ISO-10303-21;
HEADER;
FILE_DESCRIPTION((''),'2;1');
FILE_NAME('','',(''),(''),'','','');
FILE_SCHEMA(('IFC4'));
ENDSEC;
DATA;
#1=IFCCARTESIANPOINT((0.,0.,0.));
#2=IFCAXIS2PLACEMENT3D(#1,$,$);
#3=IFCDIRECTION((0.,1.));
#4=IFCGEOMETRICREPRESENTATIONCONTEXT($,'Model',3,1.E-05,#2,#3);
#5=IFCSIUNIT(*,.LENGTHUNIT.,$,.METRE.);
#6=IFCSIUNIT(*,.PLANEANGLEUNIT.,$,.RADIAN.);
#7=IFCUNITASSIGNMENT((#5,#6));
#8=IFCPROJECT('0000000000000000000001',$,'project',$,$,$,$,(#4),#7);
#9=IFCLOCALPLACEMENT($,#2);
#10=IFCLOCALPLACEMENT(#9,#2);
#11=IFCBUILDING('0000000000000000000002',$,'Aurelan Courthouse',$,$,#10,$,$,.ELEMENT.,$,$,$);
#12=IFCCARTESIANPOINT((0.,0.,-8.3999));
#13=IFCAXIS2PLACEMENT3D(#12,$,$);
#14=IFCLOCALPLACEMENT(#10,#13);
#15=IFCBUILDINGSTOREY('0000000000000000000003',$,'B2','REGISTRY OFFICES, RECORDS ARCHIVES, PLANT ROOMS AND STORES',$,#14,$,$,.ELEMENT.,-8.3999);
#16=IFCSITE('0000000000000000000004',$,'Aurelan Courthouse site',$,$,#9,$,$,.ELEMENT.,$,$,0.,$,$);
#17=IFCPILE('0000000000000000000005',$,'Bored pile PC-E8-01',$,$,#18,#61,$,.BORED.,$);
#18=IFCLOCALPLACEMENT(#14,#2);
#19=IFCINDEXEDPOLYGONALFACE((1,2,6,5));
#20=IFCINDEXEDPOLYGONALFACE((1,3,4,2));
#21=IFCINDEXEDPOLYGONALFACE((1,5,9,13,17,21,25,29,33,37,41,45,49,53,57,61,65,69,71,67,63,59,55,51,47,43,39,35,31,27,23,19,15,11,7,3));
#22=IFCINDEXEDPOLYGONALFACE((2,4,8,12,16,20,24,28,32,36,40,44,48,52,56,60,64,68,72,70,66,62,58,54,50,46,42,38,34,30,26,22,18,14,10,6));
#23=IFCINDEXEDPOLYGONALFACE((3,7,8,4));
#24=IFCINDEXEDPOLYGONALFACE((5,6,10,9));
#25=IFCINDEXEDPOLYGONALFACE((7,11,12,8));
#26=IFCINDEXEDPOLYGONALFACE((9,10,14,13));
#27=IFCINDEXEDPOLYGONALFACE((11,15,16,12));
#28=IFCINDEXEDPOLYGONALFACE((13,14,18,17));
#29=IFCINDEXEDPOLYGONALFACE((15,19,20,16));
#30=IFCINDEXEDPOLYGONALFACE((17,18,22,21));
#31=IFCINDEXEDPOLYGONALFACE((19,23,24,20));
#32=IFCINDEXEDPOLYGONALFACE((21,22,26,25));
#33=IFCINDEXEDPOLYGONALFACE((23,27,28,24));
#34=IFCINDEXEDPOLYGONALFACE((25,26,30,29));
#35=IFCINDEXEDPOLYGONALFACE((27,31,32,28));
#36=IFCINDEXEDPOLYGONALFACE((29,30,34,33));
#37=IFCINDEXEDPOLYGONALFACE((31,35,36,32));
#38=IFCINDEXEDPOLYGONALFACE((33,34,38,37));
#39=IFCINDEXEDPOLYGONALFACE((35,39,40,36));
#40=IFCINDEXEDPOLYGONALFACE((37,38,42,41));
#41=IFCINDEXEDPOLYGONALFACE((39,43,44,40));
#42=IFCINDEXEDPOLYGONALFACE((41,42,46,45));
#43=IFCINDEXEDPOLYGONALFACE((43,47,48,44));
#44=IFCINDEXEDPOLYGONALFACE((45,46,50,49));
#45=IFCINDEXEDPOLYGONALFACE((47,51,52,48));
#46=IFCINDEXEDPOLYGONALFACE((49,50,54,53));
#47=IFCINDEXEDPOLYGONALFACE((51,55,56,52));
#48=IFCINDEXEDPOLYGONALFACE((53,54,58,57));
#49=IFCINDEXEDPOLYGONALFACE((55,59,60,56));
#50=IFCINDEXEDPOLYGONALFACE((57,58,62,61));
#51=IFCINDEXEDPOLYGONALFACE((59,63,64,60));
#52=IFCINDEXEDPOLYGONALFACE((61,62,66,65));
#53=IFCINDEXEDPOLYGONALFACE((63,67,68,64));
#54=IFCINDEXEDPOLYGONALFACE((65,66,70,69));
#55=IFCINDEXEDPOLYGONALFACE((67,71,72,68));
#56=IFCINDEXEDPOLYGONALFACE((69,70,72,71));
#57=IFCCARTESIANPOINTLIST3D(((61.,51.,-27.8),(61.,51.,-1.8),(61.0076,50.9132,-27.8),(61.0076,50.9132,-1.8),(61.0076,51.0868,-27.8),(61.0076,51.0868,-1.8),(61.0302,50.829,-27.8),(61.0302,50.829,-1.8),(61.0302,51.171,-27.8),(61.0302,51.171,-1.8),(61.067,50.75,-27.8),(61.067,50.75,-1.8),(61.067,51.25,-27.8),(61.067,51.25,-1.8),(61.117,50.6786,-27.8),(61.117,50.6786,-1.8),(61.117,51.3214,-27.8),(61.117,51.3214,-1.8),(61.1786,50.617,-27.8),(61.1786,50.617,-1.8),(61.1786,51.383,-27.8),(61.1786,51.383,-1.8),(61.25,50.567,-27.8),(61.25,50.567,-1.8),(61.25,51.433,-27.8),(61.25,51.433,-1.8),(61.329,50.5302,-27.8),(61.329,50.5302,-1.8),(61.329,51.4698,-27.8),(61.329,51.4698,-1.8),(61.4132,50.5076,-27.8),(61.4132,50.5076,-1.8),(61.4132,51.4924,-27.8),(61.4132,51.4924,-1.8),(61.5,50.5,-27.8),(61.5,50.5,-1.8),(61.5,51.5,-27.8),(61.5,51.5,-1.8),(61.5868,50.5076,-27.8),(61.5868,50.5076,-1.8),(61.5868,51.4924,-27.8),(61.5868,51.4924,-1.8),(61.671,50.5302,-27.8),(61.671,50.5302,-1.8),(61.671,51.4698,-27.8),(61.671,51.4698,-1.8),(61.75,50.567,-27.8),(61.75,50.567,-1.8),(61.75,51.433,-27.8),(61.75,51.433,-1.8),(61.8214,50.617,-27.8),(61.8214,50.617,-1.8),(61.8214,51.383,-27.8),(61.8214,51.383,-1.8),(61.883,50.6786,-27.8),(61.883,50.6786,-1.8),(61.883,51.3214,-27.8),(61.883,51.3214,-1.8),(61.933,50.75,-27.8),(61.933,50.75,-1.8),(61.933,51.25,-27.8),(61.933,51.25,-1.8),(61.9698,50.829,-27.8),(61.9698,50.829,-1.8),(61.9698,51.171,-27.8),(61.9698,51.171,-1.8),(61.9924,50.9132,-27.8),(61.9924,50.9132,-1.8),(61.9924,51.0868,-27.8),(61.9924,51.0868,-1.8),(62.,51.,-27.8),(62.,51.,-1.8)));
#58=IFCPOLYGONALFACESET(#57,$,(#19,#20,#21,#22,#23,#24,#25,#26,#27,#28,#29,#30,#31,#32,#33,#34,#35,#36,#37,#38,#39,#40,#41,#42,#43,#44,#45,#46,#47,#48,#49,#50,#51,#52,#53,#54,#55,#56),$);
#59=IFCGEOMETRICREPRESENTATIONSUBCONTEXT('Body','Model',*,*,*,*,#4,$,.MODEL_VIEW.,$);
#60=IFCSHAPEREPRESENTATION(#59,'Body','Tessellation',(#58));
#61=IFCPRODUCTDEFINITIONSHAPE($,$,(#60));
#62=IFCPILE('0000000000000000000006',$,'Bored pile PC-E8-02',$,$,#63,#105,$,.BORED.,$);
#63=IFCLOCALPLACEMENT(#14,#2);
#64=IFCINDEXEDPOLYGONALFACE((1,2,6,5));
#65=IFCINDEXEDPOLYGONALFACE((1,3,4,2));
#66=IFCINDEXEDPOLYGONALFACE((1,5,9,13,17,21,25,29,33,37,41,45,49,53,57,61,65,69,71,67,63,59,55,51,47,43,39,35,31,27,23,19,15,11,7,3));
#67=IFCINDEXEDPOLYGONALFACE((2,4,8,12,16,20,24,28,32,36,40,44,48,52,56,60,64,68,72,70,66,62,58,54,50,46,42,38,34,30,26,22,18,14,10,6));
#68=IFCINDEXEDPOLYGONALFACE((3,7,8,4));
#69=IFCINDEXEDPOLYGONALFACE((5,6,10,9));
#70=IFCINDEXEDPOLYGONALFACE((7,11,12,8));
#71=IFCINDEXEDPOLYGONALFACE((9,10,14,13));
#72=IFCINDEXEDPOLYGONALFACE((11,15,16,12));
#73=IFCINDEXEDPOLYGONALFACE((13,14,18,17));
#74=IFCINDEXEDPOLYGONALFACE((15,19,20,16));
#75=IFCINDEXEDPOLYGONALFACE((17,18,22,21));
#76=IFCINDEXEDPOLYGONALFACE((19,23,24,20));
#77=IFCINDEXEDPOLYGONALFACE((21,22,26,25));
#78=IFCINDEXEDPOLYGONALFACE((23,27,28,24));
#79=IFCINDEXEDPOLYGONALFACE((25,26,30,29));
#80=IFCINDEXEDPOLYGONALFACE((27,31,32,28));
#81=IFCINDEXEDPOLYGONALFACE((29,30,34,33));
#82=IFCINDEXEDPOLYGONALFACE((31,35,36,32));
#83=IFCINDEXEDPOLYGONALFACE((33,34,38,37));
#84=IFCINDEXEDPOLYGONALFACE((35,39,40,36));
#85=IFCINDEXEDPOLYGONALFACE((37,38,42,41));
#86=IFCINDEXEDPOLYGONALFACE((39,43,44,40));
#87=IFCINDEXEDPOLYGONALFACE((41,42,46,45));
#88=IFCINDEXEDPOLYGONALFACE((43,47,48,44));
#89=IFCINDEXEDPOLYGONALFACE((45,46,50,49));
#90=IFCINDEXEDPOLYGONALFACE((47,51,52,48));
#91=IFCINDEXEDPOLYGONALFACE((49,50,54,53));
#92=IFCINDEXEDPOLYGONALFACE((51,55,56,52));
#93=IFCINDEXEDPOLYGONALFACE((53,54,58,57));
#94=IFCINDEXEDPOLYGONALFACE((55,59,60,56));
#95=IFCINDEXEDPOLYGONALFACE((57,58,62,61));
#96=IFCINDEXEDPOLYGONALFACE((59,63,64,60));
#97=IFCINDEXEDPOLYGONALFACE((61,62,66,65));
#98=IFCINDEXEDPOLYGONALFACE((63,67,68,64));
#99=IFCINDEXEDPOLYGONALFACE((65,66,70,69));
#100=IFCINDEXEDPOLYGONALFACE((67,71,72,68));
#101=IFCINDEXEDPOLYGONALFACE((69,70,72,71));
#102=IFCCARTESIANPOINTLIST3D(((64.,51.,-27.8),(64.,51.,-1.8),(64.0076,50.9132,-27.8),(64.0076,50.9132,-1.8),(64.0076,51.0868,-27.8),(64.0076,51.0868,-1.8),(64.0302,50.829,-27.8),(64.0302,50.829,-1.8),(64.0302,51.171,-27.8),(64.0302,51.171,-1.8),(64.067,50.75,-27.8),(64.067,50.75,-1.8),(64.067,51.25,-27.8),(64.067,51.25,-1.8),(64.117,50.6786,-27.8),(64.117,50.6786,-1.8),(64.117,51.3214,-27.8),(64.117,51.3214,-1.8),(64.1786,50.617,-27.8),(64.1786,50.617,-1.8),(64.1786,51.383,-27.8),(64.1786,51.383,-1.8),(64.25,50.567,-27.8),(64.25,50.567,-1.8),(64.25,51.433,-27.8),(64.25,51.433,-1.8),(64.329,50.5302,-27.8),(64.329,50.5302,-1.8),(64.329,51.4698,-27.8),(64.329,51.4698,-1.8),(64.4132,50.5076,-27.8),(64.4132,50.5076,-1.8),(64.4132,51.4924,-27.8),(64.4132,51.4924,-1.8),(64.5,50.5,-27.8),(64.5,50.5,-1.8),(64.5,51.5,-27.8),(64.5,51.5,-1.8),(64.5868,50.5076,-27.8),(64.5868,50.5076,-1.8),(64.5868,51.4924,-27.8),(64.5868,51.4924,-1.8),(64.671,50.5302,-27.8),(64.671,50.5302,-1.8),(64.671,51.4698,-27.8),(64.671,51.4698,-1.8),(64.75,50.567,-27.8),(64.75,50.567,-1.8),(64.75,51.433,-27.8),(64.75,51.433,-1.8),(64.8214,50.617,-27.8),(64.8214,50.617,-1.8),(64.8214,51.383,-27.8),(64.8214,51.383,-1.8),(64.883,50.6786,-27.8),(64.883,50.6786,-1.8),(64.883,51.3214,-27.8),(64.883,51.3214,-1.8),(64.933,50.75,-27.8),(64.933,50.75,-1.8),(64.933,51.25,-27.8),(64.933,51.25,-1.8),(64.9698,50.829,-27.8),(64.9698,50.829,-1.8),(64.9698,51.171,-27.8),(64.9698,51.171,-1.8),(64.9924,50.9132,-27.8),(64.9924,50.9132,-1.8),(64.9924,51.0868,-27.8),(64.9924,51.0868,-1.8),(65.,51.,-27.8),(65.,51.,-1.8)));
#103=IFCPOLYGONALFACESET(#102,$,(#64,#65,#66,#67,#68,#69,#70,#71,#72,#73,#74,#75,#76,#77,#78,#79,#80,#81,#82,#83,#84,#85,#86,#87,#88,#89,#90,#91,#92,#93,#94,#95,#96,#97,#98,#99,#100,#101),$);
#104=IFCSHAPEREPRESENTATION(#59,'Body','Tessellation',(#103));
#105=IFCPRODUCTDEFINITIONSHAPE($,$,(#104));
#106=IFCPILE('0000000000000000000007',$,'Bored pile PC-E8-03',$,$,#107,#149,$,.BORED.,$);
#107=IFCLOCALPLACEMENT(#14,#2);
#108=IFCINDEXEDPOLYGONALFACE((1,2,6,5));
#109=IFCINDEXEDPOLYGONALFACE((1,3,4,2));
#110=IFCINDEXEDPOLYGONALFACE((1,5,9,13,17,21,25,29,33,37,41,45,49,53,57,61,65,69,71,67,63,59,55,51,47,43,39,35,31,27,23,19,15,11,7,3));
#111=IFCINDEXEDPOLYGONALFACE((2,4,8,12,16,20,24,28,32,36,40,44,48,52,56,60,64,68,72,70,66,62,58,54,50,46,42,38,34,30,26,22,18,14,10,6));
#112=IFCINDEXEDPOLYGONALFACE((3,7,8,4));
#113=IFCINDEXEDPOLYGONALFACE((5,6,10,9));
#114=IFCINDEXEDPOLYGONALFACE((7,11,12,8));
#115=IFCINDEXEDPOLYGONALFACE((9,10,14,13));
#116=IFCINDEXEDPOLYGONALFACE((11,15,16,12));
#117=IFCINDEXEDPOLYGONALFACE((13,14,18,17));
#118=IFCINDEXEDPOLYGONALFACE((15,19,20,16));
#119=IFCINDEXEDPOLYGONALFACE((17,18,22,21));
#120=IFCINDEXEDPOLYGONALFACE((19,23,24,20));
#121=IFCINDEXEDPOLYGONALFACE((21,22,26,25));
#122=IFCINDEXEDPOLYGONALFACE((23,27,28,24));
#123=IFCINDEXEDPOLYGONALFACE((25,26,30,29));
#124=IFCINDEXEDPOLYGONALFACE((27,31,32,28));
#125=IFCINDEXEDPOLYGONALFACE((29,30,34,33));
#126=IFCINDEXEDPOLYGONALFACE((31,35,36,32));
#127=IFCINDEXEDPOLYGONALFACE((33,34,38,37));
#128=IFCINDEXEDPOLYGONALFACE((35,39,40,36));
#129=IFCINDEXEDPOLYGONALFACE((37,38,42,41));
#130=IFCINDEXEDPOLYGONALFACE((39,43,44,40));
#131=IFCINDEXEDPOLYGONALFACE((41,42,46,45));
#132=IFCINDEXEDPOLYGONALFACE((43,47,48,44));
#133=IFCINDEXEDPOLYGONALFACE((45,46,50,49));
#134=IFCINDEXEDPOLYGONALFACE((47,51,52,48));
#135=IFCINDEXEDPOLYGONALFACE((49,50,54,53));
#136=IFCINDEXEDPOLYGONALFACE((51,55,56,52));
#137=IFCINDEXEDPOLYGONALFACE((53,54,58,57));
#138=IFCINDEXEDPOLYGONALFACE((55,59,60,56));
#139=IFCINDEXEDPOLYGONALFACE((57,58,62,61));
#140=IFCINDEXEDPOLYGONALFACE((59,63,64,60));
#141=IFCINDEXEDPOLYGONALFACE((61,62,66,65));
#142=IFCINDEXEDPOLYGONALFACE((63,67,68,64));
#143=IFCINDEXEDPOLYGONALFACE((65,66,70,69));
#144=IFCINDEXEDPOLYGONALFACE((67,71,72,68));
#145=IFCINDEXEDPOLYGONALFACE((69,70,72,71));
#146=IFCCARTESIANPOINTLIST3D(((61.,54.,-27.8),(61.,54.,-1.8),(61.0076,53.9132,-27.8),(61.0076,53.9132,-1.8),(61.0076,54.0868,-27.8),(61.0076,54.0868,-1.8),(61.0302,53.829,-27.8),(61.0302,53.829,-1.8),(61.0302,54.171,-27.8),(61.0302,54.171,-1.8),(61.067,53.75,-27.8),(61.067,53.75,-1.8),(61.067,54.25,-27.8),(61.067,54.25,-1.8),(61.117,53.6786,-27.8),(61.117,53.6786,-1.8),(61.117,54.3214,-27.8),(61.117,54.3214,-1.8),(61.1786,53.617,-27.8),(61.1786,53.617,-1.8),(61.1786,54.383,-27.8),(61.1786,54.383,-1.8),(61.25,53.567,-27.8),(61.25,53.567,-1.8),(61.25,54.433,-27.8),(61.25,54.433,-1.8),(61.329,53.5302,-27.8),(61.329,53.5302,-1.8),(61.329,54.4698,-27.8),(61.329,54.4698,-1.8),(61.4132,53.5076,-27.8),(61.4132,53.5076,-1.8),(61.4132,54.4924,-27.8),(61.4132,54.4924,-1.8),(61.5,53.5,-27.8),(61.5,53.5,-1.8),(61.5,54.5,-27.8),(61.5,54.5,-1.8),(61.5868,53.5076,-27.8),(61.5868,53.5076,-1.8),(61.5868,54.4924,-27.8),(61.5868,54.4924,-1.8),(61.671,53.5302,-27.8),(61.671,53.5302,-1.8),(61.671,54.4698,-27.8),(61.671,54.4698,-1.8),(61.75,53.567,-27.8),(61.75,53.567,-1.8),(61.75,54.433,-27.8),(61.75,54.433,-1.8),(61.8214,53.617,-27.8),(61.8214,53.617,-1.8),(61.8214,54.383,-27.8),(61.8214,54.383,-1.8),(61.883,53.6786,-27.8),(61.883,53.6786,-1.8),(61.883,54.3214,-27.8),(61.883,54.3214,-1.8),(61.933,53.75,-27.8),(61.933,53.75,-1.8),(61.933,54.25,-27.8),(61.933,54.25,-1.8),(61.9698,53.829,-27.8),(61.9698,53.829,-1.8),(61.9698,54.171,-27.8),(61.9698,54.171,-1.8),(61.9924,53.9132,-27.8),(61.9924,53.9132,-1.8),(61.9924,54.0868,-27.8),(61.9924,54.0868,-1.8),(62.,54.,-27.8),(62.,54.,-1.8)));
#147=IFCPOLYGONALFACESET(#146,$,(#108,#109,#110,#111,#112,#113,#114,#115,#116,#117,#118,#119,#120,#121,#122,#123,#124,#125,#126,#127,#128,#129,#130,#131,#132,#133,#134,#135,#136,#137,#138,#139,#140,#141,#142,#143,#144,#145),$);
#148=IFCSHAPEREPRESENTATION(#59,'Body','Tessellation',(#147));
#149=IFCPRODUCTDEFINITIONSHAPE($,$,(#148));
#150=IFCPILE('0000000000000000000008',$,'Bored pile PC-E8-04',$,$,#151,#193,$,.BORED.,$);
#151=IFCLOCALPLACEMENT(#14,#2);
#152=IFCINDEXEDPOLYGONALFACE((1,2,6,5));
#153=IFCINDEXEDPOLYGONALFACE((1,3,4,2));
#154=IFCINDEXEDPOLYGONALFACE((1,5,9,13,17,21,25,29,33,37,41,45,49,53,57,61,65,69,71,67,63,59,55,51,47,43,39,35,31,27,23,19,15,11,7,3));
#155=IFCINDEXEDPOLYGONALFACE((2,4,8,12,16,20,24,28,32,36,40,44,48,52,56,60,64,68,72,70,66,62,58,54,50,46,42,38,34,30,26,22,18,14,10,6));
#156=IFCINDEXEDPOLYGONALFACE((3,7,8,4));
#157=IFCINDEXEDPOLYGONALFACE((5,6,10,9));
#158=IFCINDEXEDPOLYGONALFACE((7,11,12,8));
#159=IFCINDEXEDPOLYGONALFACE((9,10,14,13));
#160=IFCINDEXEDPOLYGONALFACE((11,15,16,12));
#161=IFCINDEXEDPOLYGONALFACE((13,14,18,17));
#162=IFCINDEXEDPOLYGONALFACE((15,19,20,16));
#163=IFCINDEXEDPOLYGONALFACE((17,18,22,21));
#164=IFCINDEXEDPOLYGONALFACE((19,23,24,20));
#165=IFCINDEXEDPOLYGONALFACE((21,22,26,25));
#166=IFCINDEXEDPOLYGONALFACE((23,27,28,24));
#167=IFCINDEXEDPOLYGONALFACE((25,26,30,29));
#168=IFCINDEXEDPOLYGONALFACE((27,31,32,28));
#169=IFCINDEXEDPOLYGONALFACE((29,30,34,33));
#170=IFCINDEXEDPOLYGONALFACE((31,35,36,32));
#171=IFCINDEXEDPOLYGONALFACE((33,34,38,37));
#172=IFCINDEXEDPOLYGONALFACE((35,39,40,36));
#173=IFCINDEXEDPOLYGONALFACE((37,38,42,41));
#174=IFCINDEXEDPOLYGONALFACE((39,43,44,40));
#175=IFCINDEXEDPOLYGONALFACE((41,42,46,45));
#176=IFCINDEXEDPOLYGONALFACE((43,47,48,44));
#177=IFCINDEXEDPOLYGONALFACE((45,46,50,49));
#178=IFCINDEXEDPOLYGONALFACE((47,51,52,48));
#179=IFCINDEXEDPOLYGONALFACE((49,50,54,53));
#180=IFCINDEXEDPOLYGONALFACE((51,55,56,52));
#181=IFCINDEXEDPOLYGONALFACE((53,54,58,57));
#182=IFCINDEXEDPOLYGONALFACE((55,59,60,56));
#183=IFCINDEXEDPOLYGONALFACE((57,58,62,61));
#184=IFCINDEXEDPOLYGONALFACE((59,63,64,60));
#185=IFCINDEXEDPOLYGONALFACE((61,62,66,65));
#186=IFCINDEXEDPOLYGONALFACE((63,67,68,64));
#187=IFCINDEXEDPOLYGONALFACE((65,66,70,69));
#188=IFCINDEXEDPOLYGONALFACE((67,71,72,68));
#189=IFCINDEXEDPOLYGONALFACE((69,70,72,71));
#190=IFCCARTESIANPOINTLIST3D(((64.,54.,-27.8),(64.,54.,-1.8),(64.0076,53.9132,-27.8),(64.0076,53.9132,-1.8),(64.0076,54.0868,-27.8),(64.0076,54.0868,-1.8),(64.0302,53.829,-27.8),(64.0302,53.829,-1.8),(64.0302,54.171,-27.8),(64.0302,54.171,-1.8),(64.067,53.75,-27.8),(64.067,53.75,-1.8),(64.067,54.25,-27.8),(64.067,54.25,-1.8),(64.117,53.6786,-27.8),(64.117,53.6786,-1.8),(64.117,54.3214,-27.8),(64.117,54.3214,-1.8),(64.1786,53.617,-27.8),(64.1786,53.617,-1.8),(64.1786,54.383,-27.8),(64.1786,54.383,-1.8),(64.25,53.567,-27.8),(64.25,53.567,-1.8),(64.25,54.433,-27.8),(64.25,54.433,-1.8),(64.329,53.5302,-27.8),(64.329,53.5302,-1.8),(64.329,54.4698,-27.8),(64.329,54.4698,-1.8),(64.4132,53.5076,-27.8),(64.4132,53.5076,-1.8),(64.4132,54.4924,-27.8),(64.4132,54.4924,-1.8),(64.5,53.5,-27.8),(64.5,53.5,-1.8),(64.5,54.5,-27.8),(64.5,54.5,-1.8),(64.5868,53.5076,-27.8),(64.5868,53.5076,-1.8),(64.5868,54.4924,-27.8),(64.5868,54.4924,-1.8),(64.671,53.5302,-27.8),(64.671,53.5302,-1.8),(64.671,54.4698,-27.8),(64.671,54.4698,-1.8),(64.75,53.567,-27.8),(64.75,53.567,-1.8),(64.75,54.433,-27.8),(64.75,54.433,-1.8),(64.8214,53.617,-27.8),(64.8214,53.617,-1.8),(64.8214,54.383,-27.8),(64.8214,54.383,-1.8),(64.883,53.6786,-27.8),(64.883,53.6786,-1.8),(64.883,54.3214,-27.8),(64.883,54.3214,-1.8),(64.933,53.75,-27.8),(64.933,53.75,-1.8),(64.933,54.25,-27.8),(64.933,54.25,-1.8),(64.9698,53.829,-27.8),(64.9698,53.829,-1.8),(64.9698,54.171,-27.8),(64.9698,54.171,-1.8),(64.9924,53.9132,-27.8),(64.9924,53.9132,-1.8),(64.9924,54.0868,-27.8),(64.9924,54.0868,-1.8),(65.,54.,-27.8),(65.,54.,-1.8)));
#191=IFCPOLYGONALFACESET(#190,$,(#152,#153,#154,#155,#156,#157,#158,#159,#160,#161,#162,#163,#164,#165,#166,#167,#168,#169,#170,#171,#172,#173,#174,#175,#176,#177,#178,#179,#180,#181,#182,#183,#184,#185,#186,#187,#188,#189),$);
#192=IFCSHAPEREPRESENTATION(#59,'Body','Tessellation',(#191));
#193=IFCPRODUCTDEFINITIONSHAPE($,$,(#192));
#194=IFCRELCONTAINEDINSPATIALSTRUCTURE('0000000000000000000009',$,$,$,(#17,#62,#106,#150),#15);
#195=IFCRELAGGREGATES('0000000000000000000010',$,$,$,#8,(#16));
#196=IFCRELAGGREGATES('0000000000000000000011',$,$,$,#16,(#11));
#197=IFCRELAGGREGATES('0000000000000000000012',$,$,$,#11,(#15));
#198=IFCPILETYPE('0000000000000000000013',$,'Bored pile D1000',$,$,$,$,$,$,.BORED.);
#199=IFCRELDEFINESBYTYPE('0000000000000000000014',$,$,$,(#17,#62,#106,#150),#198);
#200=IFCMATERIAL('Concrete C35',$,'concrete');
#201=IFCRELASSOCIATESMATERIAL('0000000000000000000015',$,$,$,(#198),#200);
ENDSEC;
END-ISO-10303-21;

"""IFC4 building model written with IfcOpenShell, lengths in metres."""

from ifc_helpers import new_model, si_unit, direction, frame, origin, origin_2d, place, context, subcontext, project, spatial, circle, extrude, material, material_profile, profile_set, type_object, element, save


model = new_model("IFC4")

# Units and contexts
model_context = context("Model", 3, precision=1e-05, world=origin(), true_north=direction((0.0, 1.0)))
body_context = subcontext(model_context, "Body", "Model", "MODEL_VIEW")
ifc_project = project(units=[si_unit("LENGTHUNIT", "METRE"), si_unit("PLANEANGLEUNIT", "RADIAN")], contexts=[model_context])

# Site, building, storey
site_placement = place(None, origin())
site = spatial("IfcSite", under=ifc_project, at=site_placement, Name="Aurelan Courthouse site", CompositionType="ELEMENT", RefElevation=0.0)
building_placement = place(site_placement, origin())
building = spatial("IfcBuilding", under=site, at=building_placement, Name="Aurelan Courthouse", CompositionType="ELEMENT")
storey_placement = place(building_placement, frame((0.0, 0.0, -8.3999)))
storey = spatial("IfcBuildingStorey", under=building, at=storey_placement, Name="B2", Description="REGISTRY OFFICES, RECORDS ARCHIVES, PLANT ROOMS AND STORES", CompositionType="ELEMENT", Elevation=-8.3999)

# Piles
ifc_material_1 = material(Name="Concrete C35", Category="concrete")
ifc_material_profile_1 = material_profile(ifc_material_1, circle(Radius=0.5, at=origin_2d()), Name="D1000")
ifc_profile_set_1 = profile_set([ifc_material_profile_1], Name="Concrete C35")
pile_type = type_object("IfcPileType", Name="Bored pile D1000", PredefinedType="BORED", material=ifc_profile_set_1)
for number, where, z_axis, x_axis, name in (
    (1, (61.5, 51.0, -1.8), (0.0, 0.0, -1.0), (1.0, 0.0, 0.0), "Bored pile PC-E8-01"),
    (2, (64.5, 51.0, -1.8), (0.0, 0.0, -1.0), (1.0, 0.0, 0.0), "Bored pile PC-E8-02"),
    (3, (61.5, 54.0, -1.8), (0.0, 0.0, -1.0), (1.0, 0.0, 0.0), "Bored pile PC-E8-03"),
    (4, (64.5, 54.0, -1.8), (0.0, 0.0, -1.0), (1.0, 0.0, 0.0), "Bored pile PC-E8-04"),
):
    element("IfcPile", number, at=place(storey_placement, frame(where, z_axis=z_axis, x_axis=x_axis)), inside=storey, type_object=pile_type, Name=name, PredefinedType="BORED", context=body_context, shape_type="SweptSolid", body=[
        extrude(circle(Radius=0.5, at=origin_2d()), origin(), (0.0, 0.0, 1.0), 26.0),
    ])

save(model, "model.ifc")
